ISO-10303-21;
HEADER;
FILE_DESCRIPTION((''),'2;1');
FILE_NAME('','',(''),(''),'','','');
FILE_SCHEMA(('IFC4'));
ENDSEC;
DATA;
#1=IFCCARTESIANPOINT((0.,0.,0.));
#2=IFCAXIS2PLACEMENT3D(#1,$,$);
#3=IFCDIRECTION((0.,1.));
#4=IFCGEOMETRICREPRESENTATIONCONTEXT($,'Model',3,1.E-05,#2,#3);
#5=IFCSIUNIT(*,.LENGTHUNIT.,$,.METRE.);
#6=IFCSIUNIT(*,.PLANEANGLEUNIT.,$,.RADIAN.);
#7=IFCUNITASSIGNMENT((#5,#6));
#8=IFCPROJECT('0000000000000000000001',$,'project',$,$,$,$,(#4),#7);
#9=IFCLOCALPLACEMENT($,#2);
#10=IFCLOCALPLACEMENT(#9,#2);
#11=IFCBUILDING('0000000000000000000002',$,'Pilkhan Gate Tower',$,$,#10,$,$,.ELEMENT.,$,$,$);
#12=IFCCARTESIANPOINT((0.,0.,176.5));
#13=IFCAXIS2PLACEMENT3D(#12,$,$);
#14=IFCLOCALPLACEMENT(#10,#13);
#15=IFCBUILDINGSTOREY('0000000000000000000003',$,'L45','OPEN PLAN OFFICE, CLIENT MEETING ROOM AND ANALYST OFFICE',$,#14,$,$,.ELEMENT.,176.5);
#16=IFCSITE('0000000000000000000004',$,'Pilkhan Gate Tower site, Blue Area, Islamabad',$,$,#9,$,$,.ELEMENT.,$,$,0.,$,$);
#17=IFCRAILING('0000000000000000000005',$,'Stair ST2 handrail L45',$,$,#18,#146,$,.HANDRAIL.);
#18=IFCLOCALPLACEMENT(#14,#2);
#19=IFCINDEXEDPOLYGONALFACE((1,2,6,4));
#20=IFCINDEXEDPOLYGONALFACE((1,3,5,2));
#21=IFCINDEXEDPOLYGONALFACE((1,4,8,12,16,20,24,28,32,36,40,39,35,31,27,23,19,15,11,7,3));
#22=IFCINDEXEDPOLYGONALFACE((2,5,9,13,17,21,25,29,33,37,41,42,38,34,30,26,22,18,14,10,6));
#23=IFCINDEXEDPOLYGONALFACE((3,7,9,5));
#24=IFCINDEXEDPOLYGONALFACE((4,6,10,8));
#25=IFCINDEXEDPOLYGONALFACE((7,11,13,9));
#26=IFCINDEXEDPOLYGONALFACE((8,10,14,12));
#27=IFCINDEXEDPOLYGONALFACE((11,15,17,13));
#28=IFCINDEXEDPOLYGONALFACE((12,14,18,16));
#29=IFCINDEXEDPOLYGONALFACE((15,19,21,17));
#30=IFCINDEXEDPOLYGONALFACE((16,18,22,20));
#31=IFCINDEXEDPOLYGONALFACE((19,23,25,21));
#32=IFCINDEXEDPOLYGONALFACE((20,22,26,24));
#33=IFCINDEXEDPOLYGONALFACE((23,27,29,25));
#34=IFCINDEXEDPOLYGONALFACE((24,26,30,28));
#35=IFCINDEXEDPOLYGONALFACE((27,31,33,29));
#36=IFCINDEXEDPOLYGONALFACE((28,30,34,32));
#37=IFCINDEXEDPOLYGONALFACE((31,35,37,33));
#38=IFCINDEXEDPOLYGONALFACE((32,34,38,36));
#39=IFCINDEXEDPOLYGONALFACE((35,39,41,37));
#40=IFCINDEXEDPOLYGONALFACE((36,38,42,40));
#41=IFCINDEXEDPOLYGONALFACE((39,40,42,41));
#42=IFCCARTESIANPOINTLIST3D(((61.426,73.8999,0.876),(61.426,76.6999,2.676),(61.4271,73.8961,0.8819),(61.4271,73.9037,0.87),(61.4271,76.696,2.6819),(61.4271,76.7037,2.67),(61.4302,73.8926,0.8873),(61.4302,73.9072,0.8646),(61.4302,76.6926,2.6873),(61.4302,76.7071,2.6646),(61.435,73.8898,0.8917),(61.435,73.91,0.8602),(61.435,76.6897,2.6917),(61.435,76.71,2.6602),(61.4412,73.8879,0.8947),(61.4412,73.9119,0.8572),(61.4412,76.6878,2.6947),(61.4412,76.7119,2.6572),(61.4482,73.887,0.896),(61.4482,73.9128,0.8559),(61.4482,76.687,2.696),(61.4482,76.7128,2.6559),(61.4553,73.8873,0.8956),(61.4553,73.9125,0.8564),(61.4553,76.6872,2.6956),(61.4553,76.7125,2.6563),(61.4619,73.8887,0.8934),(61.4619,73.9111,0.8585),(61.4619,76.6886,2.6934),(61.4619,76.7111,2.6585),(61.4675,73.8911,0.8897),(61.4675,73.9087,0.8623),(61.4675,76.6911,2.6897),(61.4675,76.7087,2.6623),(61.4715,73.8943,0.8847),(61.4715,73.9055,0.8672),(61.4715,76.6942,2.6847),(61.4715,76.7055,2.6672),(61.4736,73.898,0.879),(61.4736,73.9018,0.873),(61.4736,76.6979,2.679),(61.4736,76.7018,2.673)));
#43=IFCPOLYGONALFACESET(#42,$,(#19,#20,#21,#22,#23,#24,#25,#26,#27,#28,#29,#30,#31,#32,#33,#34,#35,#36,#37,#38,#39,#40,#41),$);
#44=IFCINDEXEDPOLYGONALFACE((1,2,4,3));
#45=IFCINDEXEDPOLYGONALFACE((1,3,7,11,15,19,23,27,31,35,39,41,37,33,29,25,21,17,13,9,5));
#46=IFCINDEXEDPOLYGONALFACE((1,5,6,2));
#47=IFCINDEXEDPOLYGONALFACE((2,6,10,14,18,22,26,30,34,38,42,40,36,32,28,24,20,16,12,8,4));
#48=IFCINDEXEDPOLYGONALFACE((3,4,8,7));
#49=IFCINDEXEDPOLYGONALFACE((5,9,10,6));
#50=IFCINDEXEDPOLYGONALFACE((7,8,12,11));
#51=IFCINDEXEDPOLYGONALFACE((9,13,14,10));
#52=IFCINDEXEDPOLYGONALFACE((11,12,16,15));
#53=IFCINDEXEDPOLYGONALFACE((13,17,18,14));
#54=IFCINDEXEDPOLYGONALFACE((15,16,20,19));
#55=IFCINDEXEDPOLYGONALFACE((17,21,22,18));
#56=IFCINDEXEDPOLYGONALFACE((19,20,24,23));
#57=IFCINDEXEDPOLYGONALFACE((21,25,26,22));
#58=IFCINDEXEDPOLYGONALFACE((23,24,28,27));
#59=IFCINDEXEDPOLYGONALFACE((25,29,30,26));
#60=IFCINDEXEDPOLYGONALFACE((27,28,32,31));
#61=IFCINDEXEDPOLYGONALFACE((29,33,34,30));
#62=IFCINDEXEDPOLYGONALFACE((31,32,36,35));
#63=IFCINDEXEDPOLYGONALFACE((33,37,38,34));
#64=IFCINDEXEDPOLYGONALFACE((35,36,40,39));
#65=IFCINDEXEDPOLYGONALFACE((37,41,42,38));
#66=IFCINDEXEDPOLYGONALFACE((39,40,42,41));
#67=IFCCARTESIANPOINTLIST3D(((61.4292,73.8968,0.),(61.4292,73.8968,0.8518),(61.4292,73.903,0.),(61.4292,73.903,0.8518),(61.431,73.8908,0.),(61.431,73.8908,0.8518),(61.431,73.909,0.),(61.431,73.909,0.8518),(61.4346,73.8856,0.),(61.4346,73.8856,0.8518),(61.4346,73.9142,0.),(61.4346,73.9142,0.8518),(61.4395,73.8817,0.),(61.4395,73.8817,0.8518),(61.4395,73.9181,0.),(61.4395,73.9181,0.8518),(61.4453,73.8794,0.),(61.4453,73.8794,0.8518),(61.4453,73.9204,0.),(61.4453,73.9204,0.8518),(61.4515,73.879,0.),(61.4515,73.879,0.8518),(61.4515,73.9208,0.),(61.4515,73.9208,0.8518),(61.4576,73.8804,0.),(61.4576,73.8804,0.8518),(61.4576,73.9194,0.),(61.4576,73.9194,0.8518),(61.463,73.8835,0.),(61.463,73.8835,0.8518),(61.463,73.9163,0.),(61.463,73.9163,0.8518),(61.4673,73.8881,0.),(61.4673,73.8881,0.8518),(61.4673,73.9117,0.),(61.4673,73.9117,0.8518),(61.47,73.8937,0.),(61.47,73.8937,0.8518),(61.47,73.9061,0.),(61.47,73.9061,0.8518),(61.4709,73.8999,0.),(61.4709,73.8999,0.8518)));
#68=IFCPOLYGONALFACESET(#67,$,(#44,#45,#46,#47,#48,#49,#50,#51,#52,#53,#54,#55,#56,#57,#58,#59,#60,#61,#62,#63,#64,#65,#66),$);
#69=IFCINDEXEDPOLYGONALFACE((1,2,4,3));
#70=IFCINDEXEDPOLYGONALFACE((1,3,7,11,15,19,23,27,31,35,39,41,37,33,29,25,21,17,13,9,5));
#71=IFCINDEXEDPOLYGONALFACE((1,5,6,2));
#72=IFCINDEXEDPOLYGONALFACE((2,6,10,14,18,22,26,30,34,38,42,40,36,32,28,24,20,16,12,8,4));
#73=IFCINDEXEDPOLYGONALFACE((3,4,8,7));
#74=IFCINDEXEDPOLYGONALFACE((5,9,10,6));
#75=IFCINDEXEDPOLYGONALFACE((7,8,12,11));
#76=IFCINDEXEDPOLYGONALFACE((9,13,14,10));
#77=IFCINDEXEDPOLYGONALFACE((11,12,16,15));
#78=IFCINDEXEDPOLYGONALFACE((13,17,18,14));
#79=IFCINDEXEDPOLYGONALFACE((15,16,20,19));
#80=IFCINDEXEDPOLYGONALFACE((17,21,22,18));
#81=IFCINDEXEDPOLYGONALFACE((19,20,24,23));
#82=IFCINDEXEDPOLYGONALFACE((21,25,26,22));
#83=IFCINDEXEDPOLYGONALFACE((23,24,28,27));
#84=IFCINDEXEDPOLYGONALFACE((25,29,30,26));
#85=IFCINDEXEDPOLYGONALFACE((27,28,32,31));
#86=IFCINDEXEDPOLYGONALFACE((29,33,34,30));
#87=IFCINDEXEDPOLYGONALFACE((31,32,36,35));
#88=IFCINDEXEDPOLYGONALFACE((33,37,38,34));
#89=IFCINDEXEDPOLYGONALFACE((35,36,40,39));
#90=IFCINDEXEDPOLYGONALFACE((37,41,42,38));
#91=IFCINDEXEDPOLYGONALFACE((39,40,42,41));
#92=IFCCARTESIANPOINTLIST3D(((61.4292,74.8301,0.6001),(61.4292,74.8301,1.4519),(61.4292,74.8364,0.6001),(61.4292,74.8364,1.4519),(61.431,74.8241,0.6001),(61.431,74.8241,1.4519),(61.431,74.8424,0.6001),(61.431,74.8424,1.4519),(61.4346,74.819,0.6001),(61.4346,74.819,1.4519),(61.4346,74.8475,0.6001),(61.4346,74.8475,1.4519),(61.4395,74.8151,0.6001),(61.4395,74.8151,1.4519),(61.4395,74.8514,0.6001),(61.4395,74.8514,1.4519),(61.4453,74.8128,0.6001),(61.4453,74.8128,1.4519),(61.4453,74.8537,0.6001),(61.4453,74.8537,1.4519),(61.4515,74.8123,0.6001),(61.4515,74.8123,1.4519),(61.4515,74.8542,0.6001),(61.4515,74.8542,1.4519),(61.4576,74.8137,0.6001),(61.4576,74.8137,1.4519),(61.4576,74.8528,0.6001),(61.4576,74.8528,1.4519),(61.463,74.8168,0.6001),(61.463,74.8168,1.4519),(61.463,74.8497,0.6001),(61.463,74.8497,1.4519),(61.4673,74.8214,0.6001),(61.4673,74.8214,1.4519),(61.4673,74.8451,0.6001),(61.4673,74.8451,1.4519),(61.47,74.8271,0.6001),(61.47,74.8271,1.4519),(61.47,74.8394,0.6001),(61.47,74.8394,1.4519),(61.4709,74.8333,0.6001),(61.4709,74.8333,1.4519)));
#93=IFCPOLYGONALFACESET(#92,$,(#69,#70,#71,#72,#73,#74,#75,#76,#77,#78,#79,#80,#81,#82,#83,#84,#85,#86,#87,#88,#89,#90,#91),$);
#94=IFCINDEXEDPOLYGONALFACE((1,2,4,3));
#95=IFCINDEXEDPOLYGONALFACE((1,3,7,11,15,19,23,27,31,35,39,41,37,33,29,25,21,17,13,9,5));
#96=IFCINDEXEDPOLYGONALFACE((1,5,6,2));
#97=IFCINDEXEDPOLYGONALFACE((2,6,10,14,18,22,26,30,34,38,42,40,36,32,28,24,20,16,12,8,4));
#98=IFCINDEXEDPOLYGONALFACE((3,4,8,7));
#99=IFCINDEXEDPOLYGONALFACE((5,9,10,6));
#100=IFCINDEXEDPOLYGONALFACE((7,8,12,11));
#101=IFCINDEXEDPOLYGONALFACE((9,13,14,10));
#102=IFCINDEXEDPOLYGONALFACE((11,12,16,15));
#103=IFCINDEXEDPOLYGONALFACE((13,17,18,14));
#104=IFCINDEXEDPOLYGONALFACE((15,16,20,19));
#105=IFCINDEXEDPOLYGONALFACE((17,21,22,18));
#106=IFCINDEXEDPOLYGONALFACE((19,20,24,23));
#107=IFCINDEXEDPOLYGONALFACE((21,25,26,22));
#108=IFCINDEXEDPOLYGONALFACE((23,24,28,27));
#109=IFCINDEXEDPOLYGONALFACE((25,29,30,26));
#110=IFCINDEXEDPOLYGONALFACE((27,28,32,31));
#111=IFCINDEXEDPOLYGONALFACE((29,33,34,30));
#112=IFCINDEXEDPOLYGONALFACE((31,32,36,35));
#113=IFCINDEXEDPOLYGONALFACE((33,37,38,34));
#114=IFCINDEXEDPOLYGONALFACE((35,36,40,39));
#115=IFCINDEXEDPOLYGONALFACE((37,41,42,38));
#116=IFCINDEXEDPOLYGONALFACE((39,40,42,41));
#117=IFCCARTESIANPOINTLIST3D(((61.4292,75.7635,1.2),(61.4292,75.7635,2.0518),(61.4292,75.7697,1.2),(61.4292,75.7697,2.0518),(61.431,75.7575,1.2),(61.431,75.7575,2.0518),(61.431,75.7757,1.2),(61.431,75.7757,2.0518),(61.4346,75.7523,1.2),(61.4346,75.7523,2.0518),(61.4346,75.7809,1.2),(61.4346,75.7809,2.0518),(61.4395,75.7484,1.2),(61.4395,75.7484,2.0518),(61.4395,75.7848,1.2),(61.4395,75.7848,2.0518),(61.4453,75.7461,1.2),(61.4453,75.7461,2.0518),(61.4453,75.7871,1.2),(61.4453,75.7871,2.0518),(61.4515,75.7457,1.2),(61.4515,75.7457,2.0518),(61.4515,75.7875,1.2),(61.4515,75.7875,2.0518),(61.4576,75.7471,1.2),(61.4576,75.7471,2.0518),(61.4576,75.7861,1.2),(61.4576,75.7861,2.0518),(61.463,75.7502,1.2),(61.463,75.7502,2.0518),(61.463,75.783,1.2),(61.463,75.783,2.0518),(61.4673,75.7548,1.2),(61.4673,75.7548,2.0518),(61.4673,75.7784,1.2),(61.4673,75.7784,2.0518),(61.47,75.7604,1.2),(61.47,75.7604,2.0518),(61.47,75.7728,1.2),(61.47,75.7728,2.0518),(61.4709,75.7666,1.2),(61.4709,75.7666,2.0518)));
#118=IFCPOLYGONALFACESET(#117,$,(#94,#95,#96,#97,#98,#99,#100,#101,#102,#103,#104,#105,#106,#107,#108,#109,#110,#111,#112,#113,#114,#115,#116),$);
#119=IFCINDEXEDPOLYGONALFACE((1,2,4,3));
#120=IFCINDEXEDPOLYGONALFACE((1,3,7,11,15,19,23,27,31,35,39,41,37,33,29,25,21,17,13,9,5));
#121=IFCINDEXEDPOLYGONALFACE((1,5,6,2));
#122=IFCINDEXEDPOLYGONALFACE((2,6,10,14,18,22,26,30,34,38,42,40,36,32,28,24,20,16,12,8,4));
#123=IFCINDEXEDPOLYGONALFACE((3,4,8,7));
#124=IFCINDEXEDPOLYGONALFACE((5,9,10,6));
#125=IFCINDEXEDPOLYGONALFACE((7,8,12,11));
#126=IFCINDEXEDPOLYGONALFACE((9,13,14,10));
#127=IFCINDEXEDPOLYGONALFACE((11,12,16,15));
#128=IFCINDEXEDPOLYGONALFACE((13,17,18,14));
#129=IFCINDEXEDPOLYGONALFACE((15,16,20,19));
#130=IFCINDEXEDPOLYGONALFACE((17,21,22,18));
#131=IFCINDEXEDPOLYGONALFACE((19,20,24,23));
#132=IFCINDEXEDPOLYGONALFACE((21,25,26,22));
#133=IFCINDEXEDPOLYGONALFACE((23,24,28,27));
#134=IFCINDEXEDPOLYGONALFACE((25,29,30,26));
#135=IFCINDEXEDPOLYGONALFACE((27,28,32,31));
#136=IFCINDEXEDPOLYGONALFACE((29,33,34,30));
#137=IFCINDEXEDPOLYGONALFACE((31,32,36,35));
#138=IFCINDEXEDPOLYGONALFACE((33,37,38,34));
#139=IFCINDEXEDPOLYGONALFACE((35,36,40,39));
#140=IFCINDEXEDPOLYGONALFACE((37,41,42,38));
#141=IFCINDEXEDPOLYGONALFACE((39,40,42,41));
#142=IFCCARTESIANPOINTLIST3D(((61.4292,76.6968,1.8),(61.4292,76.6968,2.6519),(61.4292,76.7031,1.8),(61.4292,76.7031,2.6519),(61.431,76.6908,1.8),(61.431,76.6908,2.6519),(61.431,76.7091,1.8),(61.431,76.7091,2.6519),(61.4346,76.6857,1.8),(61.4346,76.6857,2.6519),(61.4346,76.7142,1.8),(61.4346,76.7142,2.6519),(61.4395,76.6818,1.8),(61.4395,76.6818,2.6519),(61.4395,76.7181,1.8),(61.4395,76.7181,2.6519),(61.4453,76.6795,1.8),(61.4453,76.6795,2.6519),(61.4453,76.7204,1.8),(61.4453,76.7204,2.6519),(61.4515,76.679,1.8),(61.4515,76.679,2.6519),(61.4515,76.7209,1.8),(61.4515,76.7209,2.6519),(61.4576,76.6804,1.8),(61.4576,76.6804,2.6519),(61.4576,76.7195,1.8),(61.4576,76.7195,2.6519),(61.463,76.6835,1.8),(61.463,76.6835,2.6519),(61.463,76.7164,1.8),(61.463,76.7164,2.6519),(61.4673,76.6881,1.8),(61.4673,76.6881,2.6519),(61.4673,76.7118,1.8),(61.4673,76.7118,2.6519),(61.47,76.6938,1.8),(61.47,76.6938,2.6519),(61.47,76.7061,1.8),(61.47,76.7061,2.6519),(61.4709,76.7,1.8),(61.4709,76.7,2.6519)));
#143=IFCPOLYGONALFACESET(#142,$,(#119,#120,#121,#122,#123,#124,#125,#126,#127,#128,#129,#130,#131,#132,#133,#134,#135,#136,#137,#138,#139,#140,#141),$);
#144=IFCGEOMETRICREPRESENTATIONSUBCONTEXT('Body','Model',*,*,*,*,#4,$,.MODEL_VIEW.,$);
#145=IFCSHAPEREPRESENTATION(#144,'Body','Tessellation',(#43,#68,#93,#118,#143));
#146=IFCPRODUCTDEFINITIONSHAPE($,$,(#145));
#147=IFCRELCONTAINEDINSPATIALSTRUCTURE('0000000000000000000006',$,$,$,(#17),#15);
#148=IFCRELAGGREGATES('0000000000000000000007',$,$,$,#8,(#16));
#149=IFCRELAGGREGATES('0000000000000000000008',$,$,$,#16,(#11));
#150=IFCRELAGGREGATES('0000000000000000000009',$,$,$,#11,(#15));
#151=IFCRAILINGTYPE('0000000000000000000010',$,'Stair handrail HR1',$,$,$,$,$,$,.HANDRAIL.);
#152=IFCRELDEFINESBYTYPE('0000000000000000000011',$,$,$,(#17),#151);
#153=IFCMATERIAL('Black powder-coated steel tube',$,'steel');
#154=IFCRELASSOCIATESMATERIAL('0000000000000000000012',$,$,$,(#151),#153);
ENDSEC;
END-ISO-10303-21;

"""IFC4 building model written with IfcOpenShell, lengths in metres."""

from ifc_helpers import new_model, si_unit, direction, frame, origin, origin_2d, place, context, subcontext, project, spatial, circle, extrude, material, type_object, element, save


model = new_model("IFC4")

# Units and contexts
model_context = context("Model", 3, precision=1e-05, world=origin(), true_north=direction((0.0, 1.0)))
body_context = subcontext(model_context, "Body", "Model", "MODEL_VIEW")
ifc_project = project(units=[si_unit("LENGTHUNIT", "METRE"), si_unit("PLANEANGLEUNIT", "RADIAN")], contexts=[model_context])

# Site, building, storey
site_placement = place(None, origin())
site = spatial("IfcSite", under=ifc_project, at=site_placement, Name="Pilkhan Gate Tower site, Blue Area, Islamabad", CompositionType="ELEMENT", RefElevation=0.0)
building_placement = place(site_placement, origin())
building = spatial("IfcBuilding", under=site, at=building_placement, Name="Pilkhan Gate Tower", CompositionType="ELEMENT")
storey_placement = place(building_placement, frame((0.0, 0.0, 176.5)))
storey = spatial("IfcBuildingStorey", under=building, at=storey_placement, Name="L45", Description="OPEN PLAN OFFICE, CLIENT MEETING ROOM AND ANALYST OFFICE", CompositionType="ELEMENT", Elevation=176.5)

# Railing
ifc_material_1 = material(Name="Black powder-coated steel tube", Category="steel")
railing_type_1 = type_object("IfcRailingType", Name="Stair handrail HR1", PredefinedType="HANDRAIL", material=ifc_material_1)
railing_1_placement = place(storey_placement, frame((61.45, 73.8999, 0.0)))
element("IfcRailing", 1, at=railing_1_placement, inside=storey, type_object=railing_type_1, Name="Stair ST2 handrail L45", PredefinedType="HANDRAIL", context=body_context, shape_type="SweptSolid", body=[
    extrude(circle(Radius=0.0239, at=origin_2d()), frame((0.0, 0.0, 0.876), z_axis=(0.0, 0.841176, 0.540761), x_axis=(-1.0, 0.0, 0.0)), (0.0, 0.0, 1.0), 3.3286),
    extrude(circle(Radius=0.021, at=origin_2d()), origin(), (0.0, 0.0, 1.0), 0.8518),
    extrude(circle(Radius=0.021, at=origin_2d()), frame((0.0, 0.9333, 0.6001)), (0.0, 0.0, 1.0), 0.8518),
    extrude(circle(Radius=0.021, at=origin_2d()), frame((0.0, 1.8667, 1.2)), (0.0, 0.0, 1.0), 0.8518),
    extrude(circle(Radius=0.021, at=origin_2d()), frame((0.0, 2.8, 1.8)), (0.0, 0.0, 1.0), 0.8518),
])

save(model, "model.ifc")
